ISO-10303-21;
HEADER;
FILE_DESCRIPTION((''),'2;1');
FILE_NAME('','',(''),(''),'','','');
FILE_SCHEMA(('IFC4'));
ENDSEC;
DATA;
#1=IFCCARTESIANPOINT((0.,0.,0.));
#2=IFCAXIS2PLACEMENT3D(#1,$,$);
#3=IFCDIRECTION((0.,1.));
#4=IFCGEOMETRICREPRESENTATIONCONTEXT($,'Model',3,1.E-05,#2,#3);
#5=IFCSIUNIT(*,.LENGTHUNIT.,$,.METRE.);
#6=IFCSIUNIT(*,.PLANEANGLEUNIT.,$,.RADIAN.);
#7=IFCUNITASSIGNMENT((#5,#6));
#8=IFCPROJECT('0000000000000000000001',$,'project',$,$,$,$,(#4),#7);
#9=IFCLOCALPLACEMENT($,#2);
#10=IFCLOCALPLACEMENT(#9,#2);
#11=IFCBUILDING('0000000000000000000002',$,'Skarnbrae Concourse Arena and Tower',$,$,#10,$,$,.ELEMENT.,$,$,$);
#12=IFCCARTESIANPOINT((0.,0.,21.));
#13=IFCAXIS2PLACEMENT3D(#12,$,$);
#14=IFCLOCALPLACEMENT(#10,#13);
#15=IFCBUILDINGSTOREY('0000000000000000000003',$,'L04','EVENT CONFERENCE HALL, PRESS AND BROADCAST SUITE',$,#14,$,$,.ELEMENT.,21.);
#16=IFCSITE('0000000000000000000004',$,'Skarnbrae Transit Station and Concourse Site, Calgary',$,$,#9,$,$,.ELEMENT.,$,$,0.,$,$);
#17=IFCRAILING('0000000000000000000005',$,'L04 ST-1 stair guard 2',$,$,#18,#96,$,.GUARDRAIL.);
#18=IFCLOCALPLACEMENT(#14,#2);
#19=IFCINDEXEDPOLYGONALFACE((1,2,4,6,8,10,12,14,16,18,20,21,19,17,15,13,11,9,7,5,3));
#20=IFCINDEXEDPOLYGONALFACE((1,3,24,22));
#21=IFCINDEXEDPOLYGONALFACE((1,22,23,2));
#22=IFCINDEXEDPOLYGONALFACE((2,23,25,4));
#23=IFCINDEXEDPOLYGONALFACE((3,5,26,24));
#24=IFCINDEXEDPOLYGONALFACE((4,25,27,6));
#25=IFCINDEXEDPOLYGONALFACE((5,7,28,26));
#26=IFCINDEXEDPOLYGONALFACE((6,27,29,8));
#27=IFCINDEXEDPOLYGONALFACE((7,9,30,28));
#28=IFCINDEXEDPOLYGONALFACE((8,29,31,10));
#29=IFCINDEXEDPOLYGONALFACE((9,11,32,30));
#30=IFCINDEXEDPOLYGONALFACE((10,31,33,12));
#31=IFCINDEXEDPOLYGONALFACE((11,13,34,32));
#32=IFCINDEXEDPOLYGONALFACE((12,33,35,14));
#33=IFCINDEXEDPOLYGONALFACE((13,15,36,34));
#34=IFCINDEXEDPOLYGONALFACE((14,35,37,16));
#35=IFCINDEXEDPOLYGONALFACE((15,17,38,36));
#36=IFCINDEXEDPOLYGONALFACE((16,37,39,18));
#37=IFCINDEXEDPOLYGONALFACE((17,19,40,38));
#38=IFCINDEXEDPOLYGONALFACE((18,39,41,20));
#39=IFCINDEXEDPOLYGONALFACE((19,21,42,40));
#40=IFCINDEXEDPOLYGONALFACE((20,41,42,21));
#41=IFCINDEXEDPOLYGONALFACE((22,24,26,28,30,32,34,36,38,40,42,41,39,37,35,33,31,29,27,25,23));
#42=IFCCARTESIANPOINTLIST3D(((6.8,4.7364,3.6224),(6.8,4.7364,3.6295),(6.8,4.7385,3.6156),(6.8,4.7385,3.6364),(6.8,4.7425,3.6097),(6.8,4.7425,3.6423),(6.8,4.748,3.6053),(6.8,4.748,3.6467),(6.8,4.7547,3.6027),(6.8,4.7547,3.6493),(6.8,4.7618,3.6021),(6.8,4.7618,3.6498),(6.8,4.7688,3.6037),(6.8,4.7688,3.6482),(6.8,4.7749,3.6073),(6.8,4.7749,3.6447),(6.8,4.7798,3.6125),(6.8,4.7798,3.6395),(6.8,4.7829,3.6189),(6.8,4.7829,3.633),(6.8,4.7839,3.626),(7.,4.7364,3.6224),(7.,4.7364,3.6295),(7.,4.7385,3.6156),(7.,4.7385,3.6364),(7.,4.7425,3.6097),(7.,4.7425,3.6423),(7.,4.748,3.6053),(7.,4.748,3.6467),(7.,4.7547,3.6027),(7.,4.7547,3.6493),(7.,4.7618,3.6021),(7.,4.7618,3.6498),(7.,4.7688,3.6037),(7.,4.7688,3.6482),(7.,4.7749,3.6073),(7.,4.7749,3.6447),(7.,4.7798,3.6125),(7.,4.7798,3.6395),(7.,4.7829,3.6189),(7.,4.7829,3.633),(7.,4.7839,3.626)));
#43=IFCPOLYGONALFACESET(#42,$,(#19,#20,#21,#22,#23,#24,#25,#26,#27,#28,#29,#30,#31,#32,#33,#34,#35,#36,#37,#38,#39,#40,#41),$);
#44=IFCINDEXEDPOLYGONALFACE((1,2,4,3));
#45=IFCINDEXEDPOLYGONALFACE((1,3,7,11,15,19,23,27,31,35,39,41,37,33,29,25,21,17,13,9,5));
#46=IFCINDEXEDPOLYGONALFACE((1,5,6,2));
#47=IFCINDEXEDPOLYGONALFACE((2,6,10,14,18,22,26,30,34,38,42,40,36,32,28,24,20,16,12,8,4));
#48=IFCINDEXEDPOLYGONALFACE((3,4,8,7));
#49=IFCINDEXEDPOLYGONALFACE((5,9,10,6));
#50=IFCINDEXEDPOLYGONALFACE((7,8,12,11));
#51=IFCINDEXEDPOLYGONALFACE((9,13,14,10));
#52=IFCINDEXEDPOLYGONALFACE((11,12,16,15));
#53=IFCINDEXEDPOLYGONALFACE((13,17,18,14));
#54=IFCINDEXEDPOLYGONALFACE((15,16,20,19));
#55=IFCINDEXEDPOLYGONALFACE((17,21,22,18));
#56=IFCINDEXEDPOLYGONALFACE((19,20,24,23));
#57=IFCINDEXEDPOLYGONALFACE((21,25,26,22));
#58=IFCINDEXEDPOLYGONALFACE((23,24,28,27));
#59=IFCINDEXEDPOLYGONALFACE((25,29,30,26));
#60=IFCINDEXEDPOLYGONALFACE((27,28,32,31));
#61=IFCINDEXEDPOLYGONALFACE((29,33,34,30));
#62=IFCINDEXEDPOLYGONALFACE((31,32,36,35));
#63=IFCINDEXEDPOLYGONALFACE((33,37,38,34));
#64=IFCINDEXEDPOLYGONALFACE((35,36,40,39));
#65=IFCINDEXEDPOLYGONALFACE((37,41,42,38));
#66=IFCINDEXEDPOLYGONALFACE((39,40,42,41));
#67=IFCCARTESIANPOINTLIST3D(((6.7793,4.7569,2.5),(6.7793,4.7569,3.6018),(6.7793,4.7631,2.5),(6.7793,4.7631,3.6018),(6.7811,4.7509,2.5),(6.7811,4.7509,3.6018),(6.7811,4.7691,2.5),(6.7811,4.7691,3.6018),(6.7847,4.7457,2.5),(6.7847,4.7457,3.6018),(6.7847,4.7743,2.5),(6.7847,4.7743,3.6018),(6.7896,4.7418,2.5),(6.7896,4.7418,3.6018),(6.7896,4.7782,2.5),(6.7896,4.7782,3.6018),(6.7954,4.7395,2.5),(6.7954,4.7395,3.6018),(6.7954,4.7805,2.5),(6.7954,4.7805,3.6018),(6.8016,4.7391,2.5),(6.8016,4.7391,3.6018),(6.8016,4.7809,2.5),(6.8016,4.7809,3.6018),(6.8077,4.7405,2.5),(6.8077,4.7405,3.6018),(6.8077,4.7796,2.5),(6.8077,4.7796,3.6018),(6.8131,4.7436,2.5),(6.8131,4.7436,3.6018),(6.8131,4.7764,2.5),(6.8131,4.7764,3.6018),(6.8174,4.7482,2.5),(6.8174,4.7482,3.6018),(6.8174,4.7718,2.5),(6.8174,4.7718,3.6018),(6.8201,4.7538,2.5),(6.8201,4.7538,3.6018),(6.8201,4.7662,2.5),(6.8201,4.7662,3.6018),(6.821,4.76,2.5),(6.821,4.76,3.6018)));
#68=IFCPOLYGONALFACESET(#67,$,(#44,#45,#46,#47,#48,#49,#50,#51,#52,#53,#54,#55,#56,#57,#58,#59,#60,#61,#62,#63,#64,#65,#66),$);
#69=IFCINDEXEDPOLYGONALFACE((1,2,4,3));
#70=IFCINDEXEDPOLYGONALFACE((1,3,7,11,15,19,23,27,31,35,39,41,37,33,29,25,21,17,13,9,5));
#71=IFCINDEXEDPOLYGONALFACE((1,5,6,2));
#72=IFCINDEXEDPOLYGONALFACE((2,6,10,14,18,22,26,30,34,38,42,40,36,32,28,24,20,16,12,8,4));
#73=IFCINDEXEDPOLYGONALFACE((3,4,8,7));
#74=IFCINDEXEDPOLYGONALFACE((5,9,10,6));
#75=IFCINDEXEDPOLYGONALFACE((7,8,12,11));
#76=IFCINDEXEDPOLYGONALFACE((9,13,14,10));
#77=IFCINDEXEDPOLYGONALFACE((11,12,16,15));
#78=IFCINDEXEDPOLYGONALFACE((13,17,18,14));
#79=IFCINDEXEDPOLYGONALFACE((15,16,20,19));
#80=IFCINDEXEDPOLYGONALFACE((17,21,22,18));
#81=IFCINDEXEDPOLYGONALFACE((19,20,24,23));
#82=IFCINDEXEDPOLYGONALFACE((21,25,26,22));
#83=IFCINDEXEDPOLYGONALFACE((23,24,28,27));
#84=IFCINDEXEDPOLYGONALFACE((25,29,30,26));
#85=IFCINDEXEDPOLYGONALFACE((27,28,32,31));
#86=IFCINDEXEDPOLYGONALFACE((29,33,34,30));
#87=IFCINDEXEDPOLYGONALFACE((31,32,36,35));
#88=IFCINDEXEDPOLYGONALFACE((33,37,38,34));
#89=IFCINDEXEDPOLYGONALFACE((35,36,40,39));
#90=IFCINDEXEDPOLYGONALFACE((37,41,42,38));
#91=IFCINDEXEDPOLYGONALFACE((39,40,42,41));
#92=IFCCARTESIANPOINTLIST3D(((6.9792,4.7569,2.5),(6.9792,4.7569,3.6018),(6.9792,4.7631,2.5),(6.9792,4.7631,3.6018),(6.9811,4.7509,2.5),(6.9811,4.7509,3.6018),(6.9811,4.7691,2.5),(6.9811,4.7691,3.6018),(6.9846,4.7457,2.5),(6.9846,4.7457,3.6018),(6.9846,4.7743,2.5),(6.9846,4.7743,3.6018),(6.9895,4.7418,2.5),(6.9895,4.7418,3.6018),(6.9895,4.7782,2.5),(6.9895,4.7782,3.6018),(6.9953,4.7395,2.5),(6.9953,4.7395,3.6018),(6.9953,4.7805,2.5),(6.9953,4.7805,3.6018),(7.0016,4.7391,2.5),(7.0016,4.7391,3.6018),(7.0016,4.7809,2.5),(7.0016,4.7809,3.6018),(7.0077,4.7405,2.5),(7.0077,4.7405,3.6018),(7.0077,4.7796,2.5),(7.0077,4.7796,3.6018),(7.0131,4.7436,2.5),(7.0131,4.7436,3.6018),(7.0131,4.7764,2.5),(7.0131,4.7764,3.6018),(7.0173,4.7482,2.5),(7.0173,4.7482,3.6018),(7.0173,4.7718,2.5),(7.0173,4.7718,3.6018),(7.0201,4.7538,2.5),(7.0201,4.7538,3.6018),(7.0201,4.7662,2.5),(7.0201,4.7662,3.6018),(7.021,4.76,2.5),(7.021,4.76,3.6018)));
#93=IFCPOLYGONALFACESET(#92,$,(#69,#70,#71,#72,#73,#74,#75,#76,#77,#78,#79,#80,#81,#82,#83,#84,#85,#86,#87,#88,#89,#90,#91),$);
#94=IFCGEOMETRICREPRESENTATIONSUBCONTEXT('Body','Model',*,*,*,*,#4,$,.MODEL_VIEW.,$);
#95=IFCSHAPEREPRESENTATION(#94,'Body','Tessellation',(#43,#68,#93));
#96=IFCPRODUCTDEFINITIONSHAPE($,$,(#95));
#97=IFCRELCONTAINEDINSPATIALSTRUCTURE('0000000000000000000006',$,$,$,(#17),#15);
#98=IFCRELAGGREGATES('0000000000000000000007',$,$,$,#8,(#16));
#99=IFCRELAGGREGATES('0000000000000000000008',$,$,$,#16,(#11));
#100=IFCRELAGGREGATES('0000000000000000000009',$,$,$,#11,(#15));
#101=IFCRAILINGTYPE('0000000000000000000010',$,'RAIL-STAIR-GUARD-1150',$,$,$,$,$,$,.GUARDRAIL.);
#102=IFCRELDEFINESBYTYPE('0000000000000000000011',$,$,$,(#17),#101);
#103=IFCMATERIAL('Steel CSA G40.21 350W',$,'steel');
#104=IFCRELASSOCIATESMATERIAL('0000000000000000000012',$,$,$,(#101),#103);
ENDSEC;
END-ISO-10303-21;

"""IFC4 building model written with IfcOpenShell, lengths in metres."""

from ifc_helpers import new_model, si_unit, direction, frame, origin, origin_2d, place, context, subcontext, project, spatial, circle, extrude, material, type_object, element, save


model = new_model("IFC4")

# Units and contexts
model_context = context("Model", 3, precision=1e-05, world=origin(), true_north=direction((0.0, 1.0)))
body_context = subcontext(model_context, "Body", "Model", "MODEL_VIEW")
ifc_project = project(units=[si_unit("LENGTHUNIT", "METRE"), si_unit("PLANEANGLEUNIT", "RADIAN")], contexts=[model_context])

# Site, building, storey
site_placement = place(None, origin())
site = spatial("IfcSite", under=ifc_project, at=site_placement, Name="Skarnbrae Transit Station and Concourse Site, Calgary", CompositionType="ELEMENT", RefElevation=0.0)
building_placement = place(site_placement, origin())
building = spatial("IfcBuilding", under=site, at=building_placement, Name="Skarnbrae Concourse Arena and Tower", CompositionType="ELEMENT")
storey_placement = place(building_placement, frame((0.0, 0.0, 21.0)))
storey = spatial("IfcBuildingStorey", under=building, at=storey_placement, Name="L04", Description="EVENT CONFERENCE HALL, PRESS AND BROADCAST SUITE", CompositionType="ELEMENT", Elevation=21.0)

# Shared definitions
ifc_material_1 = material(Name="Steel CSA G40.21 350W", Category="steel")

# Railing
railing_type_1 = type_object("IfcRailingType", Name="RAIL-STAIR-GUARD-1150", PredefinedType="GUARDRAIL", material=ifc_material_1)
railing_1_placement = place(storey_placement, frame((6.8, 4.76, 2.5)))
element("IfcRailing", 1, at=railing_1_placement, inside=storey, type_object=railing_type_1, Name="L04 ST-1 stair guard 2", PredefinedType="GUARDRAIL", context=body_context, shape_type="SweptSolid", body=[
    extrude(circle(Radius=0.0239, at=origin_2d()), frame((0.0, 0.0, 1.126), z_axis=(1.0, 0.0, 0.0), x_axis=(0.0, 1.0, 0.0)), (0.0, 0.0, 1.0), 0.2),
    extrude(circle(Radius=0.021, at=origin_2d()), origin(), (0.0, 0.0, 1.0), 1.1018),
    extrude(circle(Radius=0.021, at=origin_2d()), frame((0.2, 0.0, 0.0)), (0.0, 0.0, 1.0), 1.1018),
])

save(model, "model.ifc")
